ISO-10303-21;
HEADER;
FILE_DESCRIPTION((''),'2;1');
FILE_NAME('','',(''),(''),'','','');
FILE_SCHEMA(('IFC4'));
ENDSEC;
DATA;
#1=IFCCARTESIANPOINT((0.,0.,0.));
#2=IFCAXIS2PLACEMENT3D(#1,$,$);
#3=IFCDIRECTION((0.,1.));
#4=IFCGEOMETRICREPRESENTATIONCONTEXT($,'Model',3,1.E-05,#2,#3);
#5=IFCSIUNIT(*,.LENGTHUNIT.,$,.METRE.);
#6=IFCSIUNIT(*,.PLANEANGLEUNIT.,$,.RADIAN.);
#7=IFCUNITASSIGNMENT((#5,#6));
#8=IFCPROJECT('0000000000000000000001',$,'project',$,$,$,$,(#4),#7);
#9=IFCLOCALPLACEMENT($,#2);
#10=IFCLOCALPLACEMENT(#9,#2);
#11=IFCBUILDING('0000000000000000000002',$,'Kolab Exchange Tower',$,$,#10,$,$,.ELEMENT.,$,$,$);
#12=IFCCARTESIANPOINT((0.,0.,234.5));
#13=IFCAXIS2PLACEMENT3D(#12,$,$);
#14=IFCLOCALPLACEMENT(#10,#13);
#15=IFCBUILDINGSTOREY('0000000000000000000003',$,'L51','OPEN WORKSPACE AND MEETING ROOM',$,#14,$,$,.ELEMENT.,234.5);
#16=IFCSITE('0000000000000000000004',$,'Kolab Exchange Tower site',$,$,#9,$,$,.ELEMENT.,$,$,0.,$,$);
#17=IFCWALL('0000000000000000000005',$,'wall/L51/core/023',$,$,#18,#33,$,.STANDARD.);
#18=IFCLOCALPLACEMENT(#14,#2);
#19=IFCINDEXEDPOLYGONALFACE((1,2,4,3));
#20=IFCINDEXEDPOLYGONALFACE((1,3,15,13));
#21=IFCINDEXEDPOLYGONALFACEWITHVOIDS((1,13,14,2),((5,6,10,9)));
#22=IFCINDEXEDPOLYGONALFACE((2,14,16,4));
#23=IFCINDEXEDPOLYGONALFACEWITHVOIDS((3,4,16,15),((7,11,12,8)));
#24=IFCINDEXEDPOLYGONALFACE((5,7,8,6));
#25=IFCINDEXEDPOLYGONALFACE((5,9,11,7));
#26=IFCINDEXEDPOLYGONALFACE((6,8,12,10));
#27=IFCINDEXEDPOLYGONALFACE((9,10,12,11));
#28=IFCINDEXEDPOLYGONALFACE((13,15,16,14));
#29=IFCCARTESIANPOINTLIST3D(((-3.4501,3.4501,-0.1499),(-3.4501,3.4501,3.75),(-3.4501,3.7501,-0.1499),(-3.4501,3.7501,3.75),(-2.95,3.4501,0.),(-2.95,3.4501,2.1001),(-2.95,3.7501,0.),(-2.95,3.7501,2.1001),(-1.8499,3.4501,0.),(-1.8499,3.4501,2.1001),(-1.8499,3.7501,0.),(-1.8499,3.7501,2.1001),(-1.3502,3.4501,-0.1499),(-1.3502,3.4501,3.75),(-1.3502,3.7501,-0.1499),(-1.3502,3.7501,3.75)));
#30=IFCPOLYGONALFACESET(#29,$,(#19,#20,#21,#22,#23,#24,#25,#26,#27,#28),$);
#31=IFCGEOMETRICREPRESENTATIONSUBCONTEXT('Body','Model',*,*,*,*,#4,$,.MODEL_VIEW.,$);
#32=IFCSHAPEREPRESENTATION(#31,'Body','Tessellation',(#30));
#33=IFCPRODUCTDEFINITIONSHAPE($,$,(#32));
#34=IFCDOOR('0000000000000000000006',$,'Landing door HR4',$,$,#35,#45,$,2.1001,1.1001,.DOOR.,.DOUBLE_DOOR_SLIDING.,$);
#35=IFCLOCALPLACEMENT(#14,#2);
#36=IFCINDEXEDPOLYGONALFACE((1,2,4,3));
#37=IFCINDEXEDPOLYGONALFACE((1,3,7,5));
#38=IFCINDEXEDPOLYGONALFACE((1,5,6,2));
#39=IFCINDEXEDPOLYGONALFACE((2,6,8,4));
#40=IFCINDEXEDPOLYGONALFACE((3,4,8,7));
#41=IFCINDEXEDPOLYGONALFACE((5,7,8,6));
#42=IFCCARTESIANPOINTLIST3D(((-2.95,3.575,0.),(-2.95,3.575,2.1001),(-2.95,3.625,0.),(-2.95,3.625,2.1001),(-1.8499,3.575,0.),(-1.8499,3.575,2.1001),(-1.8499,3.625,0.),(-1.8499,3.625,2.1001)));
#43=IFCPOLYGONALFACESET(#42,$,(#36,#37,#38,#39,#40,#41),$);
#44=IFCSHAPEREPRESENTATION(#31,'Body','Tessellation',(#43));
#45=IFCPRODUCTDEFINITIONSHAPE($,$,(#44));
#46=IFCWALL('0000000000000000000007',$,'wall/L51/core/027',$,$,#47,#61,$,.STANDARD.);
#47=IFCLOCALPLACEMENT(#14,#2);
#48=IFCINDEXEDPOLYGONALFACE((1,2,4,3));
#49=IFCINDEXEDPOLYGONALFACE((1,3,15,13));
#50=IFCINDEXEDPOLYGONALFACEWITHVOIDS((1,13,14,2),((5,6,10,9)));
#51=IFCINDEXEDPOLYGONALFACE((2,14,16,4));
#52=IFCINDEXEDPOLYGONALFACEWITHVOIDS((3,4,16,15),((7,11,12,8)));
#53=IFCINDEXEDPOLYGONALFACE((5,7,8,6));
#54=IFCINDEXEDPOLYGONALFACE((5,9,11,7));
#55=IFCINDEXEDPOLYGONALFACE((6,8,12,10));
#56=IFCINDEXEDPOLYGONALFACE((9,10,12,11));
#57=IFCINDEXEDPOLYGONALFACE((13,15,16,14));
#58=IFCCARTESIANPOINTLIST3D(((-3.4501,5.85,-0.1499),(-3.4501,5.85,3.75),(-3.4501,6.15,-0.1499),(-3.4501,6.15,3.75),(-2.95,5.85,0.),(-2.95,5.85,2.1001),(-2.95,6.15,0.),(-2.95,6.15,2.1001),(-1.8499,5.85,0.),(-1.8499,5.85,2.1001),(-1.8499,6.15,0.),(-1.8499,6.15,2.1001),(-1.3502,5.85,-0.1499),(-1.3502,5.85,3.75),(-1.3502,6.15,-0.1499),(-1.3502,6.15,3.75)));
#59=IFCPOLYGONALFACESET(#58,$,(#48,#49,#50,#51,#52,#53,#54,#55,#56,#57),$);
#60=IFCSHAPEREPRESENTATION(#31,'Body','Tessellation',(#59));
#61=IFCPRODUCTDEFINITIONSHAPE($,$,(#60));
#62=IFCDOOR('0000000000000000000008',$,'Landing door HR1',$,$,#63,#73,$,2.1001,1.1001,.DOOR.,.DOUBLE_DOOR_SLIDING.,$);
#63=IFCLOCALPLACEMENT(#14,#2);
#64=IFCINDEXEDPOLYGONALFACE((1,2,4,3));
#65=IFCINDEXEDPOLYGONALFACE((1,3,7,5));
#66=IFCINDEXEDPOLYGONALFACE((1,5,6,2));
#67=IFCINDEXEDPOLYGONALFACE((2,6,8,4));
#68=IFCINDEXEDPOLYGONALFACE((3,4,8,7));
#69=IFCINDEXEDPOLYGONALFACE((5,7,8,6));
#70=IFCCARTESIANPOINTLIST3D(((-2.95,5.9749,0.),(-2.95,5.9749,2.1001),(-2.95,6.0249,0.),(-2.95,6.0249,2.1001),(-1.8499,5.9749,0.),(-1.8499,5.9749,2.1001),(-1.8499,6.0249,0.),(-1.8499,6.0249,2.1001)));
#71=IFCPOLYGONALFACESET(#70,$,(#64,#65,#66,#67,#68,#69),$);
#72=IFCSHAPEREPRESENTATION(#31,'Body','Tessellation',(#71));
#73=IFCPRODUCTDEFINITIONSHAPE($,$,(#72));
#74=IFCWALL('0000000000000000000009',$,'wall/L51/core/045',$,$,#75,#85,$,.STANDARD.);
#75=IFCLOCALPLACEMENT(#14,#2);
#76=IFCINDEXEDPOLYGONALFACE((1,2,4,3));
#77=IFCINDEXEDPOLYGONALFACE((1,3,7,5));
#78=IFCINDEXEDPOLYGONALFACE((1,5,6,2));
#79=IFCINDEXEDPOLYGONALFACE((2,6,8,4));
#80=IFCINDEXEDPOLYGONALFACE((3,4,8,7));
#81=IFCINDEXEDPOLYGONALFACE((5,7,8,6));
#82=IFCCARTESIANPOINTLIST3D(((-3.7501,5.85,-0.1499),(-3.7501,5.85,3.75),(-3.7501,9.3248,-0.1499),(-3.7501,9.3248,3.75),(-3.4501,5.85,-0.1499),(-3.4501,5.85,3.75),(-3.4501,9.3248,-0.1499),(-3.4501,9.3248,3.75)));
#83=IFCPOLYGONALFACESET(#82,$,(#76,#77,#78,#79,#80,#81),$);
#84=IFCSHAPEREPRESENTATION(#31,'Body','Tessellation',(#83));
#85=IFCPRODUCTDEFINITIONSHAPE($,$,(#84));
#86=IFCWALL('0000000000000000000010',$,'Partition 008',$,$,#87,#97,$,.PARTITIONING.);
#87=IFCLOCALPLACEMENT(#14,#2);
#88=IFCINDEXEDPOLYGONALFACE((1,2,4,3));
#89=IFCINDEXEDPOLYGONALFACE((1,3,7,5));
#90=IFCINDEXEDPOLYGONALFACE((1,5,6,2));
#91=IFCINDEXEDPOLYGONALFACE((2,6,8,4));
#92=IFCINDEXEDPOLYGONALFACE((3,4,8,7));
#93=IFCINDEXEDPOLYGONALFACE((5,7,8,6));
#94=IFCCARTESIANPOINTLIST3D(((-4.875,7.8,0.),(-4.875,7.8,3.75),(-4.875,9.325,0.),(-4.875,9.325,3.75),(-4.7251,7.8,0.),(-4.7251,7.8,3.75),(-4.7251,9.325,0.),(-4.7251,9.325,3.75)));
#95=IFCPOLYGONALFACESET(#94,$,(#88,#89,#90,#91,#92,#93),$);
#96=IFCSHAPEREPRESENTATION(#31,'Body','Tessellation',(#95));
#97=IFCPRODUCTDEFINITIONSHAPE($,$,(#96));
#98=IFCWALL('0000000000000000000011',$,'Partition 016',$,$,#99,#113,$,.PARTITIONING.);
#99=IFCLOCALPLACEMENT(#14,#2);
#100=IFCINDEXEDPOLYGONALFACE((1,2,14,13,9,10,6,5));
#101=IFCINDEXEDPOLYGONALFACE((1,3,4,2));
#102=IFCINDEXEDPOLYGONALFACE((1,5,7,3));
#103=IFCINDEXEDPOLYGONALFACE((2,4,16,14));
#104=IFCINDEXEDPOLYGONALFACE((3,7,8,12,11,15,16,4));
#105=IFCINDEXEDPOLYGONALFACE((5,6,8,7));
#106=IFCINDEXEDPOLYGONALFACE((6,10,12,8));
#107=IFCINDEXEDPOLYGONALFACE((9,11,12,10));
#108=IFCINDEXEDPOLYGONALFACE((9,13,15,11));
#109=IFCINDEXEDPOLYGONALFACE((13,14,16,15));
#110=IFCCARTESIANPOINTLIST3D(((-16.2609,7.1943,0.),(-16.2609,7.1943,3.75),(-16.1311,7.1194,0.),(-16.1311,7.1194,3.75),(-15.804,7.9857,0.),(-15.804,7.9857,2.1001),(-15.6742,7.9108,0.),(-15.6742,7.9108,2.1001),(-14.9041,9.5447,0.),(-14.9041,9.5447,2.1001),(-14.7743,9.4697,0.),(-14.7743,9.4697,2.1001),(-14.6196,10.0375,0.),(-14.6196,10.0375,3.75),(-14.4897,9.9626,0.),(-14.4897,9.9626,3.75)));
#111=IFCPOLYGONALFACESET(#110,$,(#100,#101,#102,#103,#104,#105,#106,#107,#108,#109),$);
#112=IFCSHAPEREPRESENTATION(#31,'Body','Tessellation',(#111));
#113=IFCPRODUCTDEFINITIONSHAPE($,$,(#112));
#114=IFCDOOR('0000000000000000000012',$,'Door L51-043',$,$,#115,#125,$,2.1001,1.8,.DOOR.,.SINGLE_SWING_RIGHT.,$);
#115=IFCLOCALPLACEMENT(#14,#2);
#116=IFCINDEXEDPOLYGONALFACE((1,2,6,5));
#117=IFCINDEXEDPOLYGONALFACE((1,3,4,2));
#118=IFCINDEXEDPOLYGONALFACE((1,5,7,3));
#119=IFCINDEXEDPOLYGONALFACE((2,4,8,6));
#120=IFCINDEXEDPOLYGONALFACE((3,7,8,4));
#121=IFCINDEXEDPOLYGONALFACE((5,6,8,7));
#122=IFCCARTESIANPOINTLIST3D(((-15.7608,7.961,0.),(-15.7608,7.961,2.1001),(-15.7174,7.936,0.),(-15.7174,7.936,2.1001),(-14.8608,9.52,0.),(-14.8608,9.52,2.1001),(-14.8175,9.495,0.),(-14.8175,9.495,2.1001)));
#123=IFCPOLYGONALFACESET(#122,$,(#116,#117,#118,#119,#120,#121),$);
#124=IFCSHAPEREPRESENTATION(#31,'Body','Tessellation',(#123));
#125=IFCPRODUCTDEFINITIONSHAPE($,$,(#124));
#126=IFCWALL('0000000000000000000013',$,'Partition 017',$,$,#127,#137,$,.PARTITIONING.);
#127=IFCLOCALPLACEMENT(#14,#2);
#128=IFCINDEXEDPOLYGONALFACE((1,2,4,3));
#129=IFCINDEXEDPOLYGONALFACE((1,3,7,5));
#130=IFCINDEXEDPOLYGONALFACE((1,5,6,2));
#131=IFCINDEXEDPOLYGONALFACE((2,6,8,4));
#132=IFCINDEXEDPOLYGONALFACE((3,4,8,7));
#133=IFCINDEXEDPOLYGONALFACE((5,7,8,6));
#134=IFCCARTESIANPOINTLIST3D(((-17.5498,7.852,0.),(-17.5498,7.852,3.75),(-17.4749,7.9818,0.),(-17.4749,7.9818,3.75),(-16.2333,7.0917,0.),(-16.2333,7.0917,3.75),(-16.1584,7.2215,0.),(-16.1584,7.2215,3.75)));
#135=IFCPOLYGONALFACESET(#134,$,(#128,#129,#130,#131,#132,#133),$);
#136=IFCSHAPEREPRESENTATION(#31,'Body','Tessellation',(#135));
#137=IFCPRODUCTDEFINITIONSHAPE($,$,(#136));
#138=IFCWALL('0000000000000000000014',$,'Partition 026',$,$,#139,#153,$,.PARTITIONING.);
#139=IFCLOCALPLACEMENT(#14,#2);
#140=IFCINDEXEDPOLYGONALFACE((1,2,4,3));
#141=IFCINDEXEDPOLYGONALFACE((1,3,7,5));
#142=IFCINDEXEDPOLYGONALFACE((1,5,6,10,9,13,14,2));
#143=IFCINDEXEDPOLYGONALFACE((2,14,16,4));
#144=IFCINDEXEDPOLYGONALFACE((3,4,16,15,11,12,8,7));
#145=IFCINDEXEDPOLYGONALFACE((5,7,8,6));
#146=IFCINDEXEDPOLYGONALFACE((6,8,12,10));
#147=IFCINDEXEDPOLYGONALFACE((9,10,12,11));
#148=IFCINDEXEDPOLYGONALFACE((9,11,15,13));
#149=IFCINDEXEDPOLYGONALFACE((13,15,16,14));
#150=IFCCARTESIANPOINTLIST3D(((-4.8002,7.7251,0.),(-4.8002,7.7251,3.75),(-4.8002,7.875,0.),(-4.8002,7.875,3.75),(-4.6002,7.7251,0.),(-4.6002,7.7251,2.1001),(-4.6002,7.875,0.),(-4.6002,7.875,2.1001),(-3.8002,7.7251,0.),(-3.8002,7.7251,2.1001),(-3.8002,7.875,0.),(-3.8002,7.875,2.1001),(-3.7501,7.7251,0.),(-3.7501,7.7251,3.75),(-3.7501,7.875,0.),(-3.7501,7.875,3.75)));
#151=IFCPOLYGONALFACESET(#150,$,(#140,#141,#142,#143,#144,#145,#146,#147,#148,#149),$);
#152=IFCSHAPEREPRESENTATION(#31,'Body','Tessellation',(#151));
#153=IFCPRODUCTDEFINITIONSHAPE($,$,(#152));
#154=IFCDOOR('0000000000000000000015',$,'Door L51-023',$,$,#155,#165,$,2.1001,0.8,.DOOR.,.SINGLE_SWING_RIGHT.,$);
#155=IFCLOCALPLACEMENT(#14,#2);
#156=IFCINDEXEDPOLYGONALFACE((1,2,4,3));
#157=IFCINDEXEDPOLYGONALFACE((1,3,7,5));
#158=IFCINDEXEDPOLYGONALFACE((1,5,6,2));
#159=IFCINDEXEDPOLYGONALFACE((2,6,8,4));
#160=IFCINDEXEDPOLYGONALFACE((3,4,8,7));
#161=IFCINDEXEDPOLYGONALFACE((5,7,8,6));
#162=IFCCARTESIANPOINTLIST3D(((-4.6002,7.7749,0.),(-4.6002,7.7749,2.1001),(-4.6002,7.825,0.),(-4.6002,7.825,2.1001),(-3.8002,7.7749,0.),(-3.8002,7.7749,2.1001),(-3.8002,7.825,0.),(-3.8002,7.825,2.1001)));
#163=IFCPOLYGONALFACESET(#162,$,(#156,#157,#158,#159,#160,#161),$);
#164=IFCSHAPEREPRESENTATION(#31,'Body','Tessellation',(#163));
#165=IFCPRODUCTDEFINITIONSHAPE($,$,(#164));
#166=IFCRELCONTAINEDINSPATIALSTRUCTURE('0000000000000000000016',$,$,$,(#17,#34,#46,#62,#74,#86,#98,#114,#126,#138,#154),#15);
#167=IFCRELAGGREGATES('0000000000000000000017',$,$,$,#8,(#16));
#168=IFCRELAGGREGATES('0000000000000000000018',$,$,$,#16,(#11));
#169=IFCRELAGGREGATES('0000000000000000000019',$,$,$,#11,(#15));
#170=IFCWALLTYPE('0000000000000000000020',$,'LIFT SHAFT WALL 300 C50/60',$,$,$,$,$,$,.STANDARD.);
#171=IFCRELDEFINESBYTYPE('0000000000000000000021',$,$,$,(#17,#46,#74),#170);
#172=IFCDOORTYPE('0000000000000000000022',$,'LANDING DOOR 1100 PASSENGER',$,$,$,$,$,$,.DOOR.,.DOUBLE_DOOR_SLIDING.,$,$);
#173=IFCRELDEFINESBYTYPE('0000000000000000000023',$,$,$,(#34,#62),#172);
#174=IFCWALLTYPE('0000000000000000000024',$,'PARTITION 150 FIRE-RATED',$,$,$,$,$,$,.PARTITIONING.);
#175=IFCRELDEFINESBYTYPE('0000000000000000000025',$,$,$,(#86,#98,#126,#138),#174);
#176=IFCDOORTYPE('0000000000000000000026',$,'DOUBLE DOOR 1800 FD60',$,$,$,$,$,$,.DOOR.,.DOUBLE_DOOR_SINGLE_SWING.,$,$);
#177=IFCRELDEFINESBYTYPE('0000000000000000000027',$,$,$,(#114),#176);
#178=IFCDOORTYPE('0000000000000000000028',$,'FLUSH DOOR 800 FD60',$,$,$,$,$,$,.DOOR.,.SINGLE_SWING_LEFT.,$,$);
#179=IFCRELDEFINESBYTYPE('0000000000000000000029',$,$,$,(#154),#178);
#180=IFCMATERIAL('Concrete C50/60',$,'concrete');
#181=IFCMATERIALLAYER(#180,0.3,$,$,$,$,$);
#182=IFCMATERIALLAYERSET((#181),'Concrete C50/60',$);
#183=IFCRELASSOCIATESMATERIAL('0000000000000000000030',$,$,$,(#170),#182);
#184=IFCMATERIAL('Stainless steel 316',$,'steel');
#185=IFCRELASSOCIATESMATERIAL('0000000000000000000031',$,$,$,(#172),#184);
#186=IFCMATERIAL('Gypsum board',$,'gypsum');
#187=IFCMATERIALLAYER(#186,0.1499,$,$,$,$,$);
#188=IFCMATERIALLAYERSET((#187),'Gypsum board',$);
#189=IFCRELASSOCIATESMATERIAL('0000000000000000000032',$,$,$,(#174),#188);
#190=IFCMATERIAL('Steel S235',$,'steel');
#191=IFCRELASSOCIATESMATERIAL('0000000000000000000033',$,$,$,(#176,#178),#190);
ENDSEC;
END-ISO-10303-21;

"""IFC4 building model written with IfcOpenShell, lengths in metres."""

from ifc_helpers import new_model, si_unit, direction, frame, frame_2d, origin, place, context, subcontext, project, spatial, rectangle, extrude, material, layer, layer_set, type_object, element, fill, save


model = new_model("IFC4")

# Units and contexts
model_context = context("Model", 3, precision=1e-05, world=origin(), true_north=direction((0.0, 1.0)))
body_context = subcontext(model_context, "Body", "Model", "MODEL_VIEW")
ifc_project = project(units=[si_unit("LENGTHUNIT", "METRE"), si_unit("PLANEANGLEUNIT", "RADIAN")], contexts=[model_context])

# Site, building, storey
site_placement = place(None, origin())
site = spatial("IfcSite", under=ifc_project, at=site_placement, Name="Kolab Exchange Tower site", CompositionType="ELEMENT", RefElevation=0.0)
building_placement = place(site_placement, origin())
building = spatial("IfcBuilding", under=site, at=building_placement, Name="Kolab Exchange Tower", CompositionType="ELEMENT")
storey_placement = place(building_placement, frame((0.0, 0.0, 234.5)))
storey = spatial("IfcBuildingStorey", under=building, at=storey_placement, Name="L51", Description="OPEN WORKSPACE AND MEETING ROOM", CompositionType="ELEMENT", Elevation=234.5)

# Shared definitions
ifc_material_1 = material(Name="Concrete C50/60", Category="concrete")
ifc_material_2 = material(Name="Steel S235", Category="steel")

# Shared definitions
ifc_layer_1 = layer(ifc_material_1, 0.3)
ifc_layer_set_1 = layer_set([ifc_layer_1], Name="Concrete C50/60")
wall_type_1 = type_object("IfcWallType", Name="LIFT SHAFT WALL 300 C50/60", PredefinedType="STANDARD", material=ifc_layer_set_1)

# Walls, openings, doors
wall_1_placement = place(storey_placement, frame((-3.45, 3.6001, -0.1499), z_axis=(0.0, 0.0, 1.0), x_axis=(1.0, 0.0, 0.0)))
wall_1 = element("IfcWall", 1, at=wall_1_placement, inside=storey, type_object=wall_type_1, Name="wall/L51/core/023", PredefinedType="STANDARD", context=body_context, shape_type="SweptSolid", body=[
    extrude(rectangle(XDim=2.0999, YDim=0.3, at=frame_2d((1.0498, 0.0))), origin(), (0.0, 0.0, 1.0), 3.8999),
])
opening_1_placement = place(wall_1_placement, frame((0.5, 0.0, 0.1499)))
opening_1 = element("IfcOpeningElement", 2, at=opening_1_placement, cuts=wall_1, PredefinedType="OPENING", context=body_context, shape_type="SweptSolid", body=[
    extrude(rectangle(XDim=1.1001, YDim=2.1001, at=frame_2d((0.55, 1.05))), frame((0.0, 0.1602, 0.0), z_axis=(0.0, -1.0, 0.0), x_axis=(1.0, 0.0, 0.0)), (0.0, 0.0, 1.0), 0.3201),
])
ifc_material_3 = material(Name="Stainless steel 316", Category="steel")
door_type_1 = type_object("IfcDoorType", Name="LANDING DOOR 1100 PASSENGER", OperationType="DOUBLE_DOOR_SLIDING", PredefinedType="DOOR", material=ifc_material_3)
door_1_placement = place(opening_1_placement, origin())
door_1 = element("IfcDoor", 3, at=door_1_placement, inside=storey, type_object=door_type_1, Name="Landing door HR4", OperationType="DOUBLE_DOOR_SLIDING", OverallHeight=2.1001, OverallWidth=1.1001, PredefinedType="DOOR", context=body_context, shape_type="SweptSolid", body=[
    extrude(rectangle(XDim=1.1001, YDim=2.1001, at=frame_2d((0.55, 1.05))), frame((0.0, 0.0249, 0.0), z_axis=(0.0, -1.0, 0.0), x_axis=(1.0, 0.0, 0.0)), (0.0, 0.0, 1.0), 0.05),
])
fill(opening_1, door_1)
wall_2_placement = place(storey_placement, frame((-3.45, 6.0, -0.1499), z_axis=(0.0, 0.0, 1.0), x_axis=(1.0, 0.0, 0.0)))
wall_2 = element("IfcWall", 4, at=wall_2_placement, inside=storey, type_object=wall_type_1, Name="wall/L51/core/027", PredefinedType="STANDARD", context=body_context, shape_type="SweptSolid", body=[
    extrude(rectangle(XDim=2.0999, YDim=0.3, at=frame_2d((1.0498, 0.0))), origin(), (0.0, 0.0, 1.0), 3.8999),
])
opening_2_placement = place(wall_2_placement, frame((0.5, 0.0, 0.1499)))
opening_2 = element("IfcOpeningElement", 5, at=opening_2_placement, cuts=wall_2, PredefinedType="OPENING", context=body_context, shape_type="SweptSolid", body=[
    extrude(rectangle(XDim=1.1001, YDim=2.1001, at=frame_2d((0.55, 1.05))), frame((0.0, 0.1602, 0.0), z_axis=(0.0, -1.0, 0.0), x_axis=(1.0, 0.0, 0.0)), (0.0, 0.0, 1.0), 0.3201),
])
door_2_placement = place(opening_2_placement, origin())
door_2 = element("IfcDoor", 6, at=door_2_placement, inside=storey, type_object=door_type_1, Name="Landing door HR1", OperationType="DOUBLE_DOOR_SLIDING", OverallHeight=2.1001, OverallWidth=1.1001, PredefinedType="DOOR", context=body_context, shape_type="SweptSolid", body=[
    extrude(rectangle(XDim=1.1001, YDim=2.1001, at=frame_2d((0.55, 1.05))), frame((0.0, 0.0249, 0.0), z_axis=(0.0, -1.0, 0.0), x_axis=(1.0, 0.0, 0.0)), (0.0, 0.0, 1.0), 0.05),
])
fill(opening_2, door_2)

# Walls
wall_3_placement = place(storey_placement, frame((-3.6001, 5.8501, -0.1499), z_axis=(0.0, 0.0, 1.0), x_axis=(0.0, 1.0, 0.0)))
element("IfcWall", 7, at=wall_3_placement, inside=storey, type_object=wall_type_1, Name="wall/L51/core/045", PredefinedType="STANDARD", context=body_context, shape_type="SweptSolid", body=[
    extrude(rectangle(XDim=3.4749, YDim=0.3, at=frame_2d((1.7373, 0.0))), origin(), (0.0, 0.0, 1.0), 3.8999),
])
ifc_material_4 = material(Name="Gypsum board", Category="gypsum")
ifc_layer_2 = layer(ifc_material_4, 0.1499)
ifc_layer_set_2 = layer_set([ifc_layer_2], Name="Gypsum board")
wall_type_2 = type_object("IfcWallType", Name="PARTITION 150 FIRE-RATED", PredefinedType="PARTITIONING", material=ifc_layer_set_2)
wall_4_placement = place(storey_placement, frame((-4.8, 7.8, 0.0), z_axis=(0.0, 0.0, 1.0), x_axis=(0.0, 1.0, 0.0)))
element("IfcWall", 8, at=wall_4_placement, inside=storey, type_object=wall_type_2, Name="Partition 008", PredefinedType="PARTITIONING", context=body_context, shape_type="SweptSolid", body=[
    extrude(rectangle(XDim=1.5249, YDim=0.1499, at=frame_2d((0.7625, 0.0))), origin(), (0.0, 0.0, 1.0), 3.75),
])

# Wall, opening, door
wall_5_placement = place(storey_placement, frame((-16.196, 7.1567, 0.0), z_axis=(0.0, 0.0, 1.0), x_axis=(0.499954, 0.866052, 0.0)))
wall_5 = element("IfcWall", 9, at=wall_5_placement, inside=storey, type_object=wall_type_2, Name="Partition 016", PredefinedType="PARTITIONING", context=body_context, shape_type="SweptSolid", body=[
    extrude(rectangle(XDim=3.283, YDim=0.1499, at=frame_2d((1.6416, 0.0))), origin(), (0.0, 0.0, 1.0), 3.75),
])
opening_3_placement = place(wall_5_placement, frame((0.9141, 0.0, 0.0)))
opening_3 = element("IfcOpeningElement", 10, at=opening_3_placement, cuts=wall_5, PredefinedType="OPENING", context=body_context, shape_type="SweptSolid", body=[
    extrude(rectangle(XDim=1.8, YDim=2.1001, at=frame_2d((0.8999, 1.05))), frame((0.0, 0.085, 0.0), z_axis=(0.0, -1.0, 0.0), x_axis=(1.0, 0.0, 0.0)), (0.0, 0.0, 1.0), 0.1699),
])
door_type_2 = type_object("IfcDoorType", Name="DOUBLE DOOR 1800 FD60", OperationType="DOUBLE_DOOR_SINGLE_SWING", PredefinedType="DOOR", material=ifc_material_2)
door_3_placement = place(opening_3_placement, frame((1.8, 0.0, 0.0), z_axis=(0.0, 0.0, 1.0), x_axis=(-1.0, 0.0, 0.0)))
door_3 = element("IfcDoor", 11, at=door_3_placement, inside=storey, type_object=door_type_2, Name="Door L51-043", OperationType="SINGLE_SWING_RIGHT", OverallHeight=2.1001, OverallWidth=1.8, PredefinedType="DOOR", context=body_context, shape_type="SweptSolid", body=[
    extrude(rectangle(XDim=1.8, YDim=2.1001, at=frame_2d((0.8999, 1.05))), frame((0.0, 0.0249, 0.0), z_axis=(0.0, -1.0, 0.0), x_axis=(1.0, 0.0, 0.0)), (0.0, 0.0, 1.0), 0.05),
])
fill(opening_3, door_3)

# Wall
wall_6_placement = place(storey_placement, frame((-17.5125, 7.917, 0.0), z_axis=(0.0, 0.0, 1.0), x_axis=(0.865961, -0.500112, 0.0)))
element("IfcWall", 12, at=wall_6_placement, inside=storey, type_object=wall_type_2, Name="Partition 017", PredefinedType="PARTITIONING", context=body_context, shape_type="SweptSolid", body=[
    extrude(rectangle(XDim=1.5203, YDim=0.1499, at=frame_2d((0.7603, 0.0))), origin(), (0.0, 0.0, 1.0), 3.75),
])

# Wall, opening, door
wall_7_placement = place(storey_placement, frame((-4.8, 7.8, 0.0), z_axis=(0.0, 0.0, 1.0), x_axis=(1.0, 0.0, 0.0)))
wall_7 = element("IfcWall", 13, at=wall_7_placement, inside=storey, type_object=wall_type_2, Name="Partition 026", PredefinedType="PARTITIONING", context=body_context, shape_type="SweptSolid", body=[
    extrude(rectangle(XDim=1.05, YDim=0.1499, at=frame_2d((0.5249, 0.0))), origin(), (0.0, 0.0, 1.0), 3.75),
])
opening_4_placement = place(wall_7_placement, frame((0.2, 0.0, 0.0)))
opening_4 = element("IfcOpeningElement", 14, at=opening_4_placement, cuts=wall_7, PredefinedType="OPENING", context=body_context, shape_type="SweptSolid", body=[
    extrude(rectangle(XDim=0.8, YDim=2.1001, at=frame_2d((0.3999, 1.05))), frame((0.0, 0.085, 0.0), z_axis=(0.0, -1.0, 0.0), x_axis=(1.0, 0.0, 0.0)), (0.0, 0.0, 1.0), 0.1699),
])
door_type_3 = type_object("IfcDoorType", Name="FLUSH DOOR 800 FD60", OperationType="SINGLE_SWING_LEFT", PredefinedType="DOOR", material=ifc_material_2)
door_4_placement = place(opening_4_placement, origin())
door_4 = element("IfcDoor", 15, at=door_4_placement, inside=storey, type_object=door_type_3, Name="Door L51-023", OperationType="SINGLE_SWING_RIGHT", OverallHeight=2.1001, OverallWidth=0.8, PredefinedType="DOOR", context=body_context, shape_type="SweptSolid", body=[
    extrude(rectangle(XDim=0.8, YDim=2.1001, at=frame_2d((0.3999, 1.05))), frame((0.0, 0.0249, 0.0), z_axis=(0.0, -1.0, 0.0), x_axis=(1.0, 0.0, 0.0)), (0.0, 0.0, 1.0), 0.05),
])
fill(opening_4, door_4)

save(model, "model.ifc")
